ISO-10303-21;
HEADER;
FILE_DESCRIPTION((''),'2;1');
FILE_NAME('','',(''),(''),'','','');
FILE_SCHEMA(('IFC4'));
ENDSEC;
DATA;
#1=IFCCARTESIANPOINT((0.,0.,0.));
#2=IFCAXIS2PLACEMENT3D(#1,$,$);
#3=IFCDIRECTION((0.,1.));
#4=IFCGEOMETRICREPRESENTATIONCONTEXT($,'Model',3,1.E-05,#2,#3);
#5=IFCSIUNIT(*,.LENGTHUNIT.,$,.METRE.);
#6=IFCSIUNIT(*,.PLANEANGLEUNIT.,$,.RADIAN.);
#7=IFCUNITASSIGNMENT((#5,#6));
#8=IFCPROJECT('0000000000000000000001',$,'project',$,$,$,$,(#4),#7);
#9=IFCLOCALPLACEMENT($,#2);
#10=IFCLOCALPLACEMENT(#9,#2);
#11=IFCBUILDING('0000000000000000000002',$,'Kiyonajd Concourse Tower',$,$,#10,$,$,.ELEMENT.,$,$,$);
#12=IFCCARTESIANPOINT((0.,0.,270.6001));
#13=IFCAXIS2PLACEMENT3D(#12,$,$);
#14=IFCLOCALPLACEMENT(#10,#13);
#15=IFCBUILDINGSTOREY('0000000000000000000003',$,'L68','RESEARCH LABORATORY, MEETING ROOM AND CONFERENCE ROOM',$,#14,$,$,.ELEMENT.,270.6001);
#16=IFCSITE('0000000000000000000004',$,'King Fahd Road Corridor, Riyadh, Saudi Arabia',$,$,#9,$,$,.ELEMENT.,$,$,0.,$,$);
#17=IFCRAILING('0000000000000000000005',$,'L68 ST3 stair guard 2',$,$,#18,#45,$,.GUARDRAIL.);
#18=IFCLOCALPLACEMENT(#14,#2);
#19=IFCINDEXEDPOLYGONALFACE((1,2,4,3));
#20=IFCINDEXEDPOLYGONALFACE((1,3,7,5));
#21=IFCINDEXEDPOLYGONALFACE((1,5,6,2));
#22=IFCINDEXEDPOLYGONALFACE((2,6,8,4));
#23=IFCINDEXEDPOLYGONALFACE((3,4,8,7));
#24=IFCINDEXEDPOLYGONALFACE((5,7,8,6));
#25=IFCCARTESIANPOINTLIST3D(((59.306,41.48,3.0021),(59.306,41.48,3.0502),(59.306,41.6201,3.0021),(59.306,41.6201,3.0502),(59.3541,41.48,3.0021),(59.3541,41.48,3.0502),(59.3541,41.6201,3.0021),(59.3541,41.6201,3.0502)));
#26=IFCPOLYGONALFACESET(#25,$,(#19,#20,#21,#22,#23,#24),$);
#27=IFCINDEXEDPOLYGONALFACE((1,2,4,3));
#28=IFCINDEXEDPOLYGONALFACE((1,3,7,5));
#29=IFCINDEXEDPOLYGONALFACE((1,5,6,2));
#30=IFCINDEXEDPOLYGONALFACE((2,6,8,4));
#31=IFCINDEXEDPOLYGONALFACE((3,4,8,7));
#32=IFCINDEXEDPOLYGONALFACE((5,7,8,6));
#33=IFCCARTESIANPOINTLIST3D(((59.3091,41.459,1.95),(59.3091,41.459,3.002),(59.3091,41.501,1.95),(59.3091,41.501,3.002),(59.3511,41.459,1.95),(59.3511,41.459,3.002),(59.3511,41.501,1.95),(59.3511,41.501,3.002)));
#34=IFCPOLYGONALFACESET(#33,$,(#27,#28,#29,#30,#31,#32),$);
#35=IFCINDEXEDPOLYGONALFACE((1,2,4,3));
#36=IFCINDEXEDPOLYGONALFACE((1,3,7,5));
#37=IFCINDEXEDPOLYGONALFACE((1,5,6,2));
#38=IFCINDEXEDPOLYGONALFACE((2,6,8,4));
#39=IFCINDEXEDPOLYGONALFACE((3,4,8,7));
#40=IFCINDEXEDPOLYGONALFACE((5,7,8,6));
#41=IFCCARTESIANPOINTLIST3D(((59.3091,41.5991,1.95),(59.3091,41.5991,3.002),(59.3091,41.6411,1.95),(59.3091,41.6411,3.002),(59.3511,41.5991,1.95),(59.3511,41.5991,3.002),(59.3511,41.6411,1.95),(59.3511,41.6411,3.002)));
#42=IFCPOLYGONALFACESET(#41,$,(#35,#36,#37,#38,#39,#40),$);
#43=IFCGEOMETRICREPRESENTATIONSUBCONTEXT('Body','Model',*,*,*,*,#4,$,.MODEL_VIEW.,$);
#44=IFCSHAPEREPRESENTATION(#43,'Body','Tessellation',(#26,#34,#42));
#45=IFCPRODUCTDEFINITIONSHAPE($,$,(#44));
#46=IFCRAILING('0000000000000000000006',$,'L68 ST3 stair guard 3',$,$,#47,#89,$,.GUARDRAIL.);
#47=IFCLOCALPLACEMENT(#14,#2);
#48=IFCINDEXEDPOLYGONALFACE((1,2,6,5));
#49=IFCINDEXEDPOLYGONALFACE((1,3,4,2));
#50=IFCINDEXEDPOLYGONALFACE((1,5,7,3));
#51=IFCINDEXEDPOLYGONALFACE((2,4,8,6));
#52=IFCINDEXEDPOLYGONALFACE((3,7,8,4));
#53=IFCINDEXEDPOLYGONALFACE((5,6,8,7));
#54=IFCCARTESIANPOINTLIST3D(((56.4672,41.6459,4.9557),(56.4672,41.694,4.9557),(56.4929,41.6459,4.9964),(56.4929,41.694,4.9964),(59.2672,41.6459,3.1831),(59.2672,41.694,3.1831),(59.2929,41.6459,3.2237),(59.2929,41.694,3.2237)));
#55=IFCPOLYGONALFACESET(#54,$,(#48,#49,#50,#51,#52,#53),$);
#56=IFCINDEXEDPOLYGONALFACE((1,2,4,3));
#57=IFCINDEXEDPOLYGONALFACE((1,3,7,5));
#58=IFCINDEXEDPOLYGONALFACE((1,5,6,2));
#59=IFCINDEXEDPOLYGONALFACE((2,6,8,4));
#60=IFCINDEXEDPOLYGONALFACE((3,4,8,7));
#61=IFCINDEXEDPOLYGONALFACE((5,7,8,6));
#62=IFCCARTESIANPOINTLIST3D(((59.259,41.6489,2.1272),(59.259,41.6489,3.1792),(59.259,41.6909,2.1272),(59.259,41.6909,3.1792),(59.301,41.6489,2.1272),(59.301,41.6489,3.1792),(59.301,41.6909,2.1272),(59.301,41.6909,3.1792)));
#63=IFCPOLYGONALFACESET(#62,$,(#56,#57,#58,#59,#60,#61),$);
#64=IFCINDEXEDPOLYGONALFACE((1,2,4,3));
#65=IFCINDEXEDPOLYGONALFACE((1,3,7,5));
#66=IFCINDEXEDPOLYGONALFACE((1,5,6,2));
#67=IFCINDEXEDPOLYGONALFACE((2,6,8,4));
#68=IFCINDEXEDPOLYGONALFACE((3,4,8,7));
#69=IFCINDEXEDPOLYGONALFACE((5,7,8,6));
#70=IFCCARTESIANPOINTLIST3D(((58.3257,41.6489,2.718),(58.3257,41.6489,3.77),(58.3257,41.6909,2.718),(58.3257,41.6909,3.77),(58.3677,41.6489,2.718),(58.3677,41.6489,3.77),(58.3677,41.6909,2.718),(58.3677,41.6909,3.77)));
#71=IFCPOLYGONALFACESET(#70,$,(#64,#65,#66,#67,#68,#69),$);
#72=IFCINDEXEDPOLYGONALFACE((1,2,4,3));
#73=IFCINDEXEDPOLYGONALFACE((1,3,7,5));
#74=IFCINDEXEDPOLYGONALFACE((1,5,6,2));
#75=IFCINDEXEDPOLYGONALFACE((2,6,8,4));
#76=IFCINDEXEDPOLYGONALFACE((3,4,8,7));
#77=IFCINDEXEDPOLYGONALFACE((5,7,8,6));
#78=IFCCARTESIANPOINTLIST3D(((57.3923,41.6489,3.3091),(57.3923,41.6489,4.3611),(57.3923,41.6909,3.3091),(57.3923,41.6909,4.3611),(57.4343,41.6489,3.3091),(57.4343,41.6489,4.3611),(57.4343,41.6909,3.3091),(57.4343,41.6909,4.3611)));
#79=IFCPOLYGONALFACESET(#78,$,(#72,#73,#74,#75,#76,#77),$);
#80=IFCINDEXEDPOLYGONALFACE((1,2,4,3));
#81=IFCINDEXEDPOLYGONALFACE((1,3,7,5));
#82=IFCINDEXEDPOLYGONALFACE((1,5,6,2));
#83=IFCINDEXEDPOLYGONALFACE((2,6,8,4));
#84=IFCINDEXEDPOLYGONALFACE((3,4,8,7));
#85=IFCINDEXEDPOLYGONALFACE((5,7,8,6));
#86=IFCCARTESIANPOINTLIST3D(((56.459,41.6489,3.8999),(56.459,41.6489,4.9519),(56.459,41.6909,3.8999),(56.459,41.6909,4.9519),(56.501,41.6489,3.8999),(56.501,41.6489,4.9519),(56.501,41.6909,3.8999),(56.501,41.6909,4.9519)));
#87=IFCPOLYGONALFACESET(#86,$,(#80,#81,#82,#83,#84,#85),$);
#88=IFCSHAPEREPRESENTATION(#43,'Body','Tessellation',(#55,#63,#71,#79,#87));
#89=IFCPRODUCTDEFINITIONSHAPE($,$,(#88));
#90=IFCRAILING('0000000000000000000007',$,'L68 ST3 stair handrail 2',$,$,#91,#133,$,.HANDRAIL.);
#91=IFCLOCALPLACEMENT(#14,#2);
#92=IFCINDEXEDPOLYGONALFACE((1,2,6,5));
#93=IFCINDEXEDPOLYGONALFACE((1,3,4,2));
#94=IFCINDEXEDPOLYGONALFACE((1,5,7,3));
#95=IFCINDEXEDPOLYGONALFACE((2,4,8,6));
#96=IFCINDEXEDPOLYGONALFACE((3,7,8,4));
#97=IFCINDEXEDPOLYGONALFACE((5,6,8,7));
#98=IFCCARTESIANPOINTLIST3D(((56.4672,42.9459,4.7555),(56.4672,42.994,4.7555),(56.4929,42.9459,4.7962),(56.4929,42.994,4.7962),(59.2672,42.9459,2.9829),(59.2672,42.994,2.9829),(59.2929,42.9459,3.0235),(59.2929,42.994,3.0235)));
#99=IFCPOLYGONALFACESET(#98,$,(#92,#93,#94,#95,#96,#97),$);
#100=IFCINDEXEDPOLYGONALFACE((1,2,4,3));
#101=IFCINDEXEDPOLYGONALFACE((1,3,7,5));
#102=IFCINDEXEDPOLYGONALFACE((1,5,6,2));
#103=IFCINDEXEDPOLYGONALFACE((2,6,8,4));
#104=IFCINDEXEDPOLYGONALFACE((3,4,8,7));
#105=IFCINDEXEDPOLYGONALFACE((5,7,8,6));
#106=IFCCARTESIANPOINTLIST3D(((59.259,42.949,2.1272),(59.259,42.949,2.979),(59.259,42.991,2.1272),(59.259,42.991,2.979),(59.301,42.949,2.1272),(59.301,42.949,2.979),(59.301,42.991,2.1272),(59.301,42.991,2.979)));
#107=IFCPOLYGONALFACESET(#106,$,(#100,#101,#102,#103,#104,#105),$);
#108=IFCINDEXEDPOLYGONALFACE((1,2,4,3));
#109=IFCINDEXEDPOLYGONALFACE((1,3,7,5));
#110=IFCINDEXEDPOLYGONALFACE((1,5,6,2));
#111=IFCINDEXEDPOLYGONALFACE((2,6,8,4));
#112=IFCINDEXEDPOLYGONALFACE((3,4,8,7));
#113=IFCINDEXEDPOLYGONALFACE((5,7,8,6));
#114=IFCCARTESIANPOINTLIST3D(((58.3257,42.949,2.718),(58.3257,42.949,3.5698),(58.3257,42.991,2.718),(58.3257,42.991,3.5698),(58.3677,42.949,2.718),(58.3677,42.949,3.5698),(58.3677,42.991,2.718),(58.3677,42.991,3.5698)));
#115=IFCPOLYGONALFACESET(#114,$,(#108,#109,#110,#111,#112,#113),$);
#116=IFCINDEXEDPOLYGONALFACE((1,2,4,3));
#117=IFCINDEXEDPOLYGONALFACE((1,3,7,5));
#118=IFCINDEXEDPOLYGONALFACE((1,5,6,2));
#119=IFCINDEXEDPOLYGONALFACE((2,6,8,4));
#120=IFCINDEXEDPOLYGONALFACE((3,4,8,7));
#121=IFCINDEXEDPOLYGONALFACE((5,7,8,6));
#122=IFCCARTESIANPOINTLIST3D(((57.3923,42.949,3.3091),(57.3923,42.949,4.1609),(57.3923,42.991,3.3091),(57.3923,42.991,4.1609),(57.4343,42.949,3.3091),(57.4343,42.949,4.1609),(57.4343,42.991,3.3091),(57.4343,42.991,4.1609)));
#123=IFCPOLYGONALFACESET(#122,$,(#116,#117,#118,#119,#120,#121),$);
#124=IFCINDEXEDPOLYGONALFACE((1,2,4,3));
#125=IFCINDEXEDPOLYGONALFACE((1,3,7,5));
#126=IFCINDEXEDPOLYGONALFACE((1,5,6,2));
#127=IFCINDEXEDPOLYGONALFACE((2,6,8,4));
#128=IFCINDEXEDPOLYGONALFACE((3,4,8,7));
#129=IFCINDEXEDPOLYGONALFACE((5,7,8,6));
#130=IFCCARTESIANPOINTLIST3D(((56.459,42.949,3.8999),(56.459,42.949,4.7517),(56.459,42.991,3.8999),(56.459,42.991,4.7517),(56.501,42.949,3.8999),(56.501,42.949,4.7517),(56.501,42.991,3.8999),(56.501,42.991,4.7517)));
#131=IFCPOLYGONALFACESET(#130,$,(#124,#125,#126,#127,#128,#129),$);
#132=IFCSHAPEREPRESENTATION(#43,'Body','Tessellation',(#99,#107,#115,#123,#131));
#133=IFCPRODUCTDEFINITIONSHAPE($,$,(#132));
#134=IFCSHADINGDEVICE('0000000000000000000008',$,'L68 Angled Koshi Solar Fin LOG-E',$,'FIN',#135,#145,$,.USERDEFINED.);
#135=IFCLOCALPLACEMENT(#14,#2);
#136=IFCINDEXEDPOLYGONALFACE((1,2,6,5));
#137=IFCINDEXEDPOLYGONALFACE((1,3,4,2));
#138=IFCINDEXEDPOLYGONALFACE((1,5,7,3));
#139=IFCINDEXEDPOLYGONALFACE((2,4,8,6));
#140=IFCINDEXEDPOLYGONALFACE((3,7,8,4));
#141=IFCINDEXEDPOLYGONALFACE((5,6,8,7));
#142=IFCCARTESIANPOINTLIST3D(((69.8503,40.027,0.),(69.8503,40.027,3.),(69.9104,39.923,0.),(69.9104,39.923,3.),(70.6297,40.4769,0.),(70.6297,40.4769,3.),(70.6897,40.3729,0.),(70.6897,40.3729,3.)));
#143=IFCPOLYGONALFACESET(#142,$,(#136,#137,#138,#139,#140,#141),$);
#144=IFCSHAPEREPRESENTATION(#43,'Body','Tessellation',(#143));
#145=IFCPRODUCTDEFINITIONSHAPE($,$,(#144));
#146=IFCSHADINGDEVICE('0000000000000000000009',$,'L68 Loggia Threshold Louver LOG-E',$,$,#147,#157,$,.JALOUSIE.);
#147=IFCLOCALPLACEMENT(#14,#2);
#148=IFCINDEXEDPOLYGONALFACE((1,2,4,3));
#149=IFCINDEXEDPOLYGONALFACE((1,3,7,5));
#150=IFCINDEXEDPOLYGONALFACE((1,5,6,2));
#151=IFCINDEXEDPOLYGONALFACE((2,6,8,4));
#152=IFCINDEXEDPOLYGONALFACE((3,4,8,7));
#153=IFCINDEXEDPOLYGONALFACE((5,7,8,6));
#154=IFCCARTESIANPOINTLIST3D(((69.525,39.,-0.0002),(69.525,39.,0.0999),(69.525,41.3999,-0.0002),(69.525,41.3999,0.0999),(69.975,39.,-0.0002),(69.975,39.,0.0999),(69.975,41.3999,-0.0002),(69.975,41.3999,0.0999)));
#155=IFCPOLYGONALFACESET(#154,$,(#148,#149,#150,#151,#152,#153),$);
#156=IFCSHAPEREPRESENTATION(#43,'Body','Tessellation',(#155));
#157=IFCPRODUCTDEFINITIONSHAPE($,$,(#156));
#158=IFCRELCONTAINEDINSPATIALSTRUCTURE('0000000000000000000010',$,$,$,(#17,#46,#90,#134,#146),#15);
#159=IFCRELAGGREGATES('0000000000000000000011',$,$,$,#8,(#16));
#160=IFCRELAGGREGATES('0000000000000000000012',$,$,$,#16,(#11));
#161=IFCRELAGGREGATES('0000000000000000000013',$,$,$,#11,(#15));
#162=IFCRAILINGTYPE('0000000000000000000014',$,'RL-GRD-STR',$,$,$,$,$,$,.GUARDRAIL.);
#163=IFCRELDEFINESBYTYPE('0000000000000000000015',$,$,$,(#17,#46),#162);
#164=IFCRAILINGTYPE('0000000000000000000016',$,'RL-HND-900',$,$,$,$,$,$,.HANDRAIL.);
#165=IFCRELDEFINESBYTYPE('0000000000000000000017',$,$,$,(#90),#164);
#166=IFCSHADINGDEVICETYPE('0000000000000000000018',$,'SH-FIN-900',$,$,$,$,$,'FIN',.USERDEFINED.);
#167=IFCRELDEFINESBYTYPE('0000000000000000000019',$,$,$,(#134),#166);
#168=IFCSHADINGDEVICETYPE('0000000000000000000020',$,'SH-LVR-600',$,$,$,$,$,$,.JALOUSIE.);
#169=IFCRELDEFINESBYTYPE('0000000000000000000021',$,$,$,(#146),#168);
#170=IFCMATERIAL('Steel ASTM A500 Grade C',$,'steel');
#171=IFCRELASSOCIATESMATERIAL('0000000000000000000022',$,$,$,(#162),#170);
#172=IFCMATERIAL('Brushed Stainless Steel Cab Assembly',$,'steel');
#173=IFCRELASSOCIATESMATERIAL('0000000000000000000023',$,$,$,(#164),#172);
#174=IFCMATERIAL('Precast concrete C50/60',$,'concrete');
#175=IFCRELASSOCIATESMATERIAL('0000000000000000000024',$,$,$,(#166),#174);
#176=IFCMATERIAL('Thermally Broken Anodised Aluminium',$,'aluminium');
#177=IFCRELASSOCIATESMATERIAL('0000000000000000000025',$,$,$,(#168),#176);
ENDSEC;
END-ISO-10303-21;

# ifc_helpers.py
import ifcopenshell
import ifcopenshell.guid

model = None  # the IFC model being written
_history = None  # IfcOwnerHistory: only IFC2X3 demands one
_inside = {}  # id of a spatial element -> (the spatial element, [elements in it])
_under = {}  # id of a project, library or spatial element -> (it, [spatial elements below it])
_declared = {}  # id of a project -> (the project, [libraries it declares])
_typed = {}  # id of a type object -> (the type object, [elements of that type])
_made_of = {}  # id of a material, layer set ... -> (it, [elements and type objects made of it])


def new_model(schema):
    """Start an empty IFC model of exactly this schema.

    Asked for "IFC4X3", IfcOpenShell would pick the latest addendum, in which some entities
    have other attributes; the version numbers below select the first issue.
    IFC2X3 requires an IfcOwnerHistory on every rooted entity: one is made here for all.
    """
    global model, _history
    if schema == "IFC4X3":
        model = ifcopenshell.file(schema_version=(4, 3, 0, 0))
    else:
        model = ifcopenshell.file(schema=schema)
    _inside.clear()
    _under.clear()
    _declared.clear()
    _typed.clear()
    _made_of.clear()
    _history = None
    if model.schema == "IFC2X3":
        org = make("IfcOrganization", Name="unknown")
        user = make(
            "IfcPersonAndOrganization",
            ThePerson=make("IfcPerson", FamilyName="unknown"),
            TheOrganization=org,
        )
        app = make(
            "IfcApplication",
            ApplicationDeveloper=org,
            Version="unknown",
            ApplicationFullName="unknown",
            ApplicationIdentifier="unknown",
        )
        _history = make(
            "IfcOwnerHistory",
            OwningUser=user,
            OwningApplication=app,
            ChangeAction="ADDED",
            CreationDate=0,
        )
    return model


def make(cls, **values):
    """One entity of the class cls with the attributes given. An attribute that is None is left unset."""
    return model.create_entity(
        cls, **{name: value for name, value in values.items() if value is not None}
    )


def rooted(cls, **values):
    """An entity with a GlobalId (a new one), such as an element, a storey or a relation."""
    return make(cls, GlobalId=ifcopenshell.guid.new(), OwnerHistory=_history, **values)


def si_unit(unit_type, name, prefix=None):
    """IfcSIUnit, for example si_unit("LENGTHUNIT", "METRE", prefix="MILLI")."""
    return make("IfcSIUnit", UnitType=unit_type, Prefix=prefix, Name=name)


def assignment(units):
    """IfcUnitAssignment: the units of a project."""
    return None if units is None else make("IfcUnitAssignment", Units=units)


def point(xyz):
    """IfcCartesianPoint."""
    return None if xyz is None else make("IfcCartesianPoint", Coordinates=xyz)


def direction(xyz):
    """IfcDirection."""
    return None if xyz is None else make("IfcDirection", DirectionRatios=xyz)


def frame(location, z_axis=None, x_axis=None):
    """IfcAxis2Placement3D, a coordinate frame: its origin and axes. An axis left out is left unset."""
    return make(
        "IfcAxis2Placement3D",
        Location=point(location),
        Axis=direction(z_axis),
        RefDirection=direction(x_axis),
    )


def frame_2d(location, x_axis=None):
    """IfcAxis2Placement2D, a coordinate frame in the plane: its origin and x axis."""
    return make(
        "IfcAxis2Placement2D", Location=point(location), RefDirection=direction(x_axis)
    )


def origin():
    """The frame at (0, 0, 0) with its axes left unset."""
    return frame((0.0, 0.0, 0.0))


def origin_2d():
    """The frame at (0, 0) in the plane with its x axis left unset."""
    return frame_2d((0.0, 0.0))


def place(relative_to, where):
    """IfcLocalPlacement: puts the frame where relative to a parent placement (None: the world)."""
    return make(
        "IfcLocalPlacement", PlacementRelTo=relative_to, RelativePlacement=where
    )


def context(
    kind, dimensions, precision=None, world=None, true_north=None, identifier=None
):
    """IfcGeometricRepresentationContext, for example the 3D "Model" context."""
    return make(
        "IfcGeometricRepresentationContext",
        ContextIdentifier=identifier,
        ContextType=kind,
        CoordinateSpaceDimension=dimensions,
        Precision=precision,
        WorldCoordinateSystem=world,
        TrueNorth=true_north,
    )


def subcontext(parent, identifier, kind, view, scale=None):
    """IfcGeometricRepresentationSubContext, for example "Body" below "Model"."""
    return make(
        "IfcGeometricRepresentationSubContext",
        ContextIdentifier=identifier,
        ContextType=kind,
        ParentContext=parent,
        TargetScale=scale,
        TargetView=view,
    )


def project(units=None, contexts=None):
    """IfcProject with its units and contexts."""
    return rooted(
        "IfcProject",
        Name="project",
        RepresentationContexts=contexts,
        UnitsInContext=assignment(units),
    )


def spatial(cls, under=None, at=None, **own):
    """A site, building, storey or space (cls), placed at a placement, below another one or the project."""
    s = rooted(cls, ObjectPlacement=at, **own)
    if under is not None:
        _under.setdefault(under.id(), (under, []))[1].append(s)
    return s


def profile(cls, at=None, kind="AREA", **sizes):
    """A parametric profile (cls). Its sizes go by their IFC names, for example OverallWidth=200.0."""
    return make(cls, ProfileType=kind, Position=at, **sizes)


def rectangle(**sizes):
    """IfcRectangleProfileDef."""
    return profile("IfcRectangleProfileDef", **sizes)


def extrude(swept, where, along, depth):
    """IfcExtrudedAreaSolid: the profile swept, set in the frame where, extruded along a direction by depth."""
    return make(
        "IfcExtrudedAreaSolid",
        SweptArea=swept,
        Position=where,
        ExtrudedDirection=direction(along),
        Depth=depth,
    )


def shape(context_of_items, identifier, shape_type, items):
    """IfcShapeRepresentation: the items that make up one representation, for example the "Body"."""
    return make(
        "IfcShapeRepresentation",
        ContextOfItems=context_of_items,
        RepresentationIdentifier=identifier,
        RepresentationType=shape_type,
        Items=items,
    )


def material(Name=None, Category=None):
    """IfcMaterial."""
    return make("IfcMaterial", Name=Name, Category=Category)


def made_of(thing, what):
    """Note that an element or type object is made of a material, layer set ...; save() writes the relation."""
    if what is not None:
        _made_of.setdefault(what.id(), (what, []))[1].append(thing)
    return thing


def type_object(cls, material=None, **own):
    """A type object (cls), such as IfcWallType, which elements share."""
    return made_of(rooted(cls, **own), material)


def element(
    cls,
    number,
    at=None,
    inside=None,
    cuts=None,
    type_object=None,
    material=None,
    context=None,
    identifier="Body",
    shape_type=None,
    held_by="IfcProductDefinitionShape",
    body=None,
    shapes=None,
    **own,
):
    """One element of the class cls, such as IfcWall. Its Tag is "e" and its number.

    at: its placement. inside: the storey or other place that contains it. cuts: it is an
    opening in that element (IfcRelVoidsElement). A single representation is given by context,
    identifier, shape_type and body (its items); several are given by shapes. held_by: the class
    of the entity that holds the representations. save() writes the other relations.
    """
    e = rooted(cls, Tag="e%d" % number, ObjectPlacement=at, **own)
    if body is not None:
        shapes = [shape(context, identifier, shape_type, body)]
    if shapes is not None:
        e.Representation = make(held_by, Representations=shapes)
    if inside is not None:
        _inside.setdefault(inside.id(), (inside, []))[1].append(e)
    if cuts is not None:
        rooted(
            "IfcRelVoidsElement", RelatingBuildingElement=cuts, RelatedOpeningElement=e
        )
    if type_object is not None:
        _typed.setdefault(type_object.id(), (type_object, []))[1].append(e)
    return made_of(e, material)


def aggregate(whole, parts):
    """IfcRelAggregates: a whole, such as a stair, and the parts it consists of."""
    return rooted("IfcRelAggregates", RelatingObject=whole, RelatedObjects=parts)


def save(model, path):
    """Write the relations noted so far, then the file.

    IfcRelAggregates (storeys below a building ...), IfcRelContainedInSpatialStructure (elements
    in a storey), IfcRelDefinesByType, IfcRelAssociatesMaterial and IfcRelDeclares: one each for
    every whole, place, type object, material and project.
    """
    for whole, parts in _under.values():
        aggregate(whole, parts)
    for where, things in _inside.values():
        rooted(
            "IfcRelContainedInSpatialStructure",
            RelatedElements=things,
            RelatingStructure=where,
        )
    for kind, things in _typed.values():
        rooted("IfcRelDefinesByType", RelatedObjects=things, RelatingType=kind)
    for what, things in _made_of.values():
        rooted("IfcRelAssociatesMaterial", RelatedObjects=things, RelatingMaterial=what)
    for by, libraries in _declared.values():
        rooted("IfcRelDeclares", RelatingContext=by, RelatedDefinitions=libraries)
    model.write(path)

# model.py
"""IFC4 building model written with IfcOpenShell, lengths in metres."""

from ifc_helpers import new_model, si_unit, direction, frame, origin, origin_2d, place, context, subcontext, project, spatial, rectangle, extrude, material, type_object, element, save


model = new_model("IFC4")

# Units and contexts
model_context = context("Model", 3, precision=1e-05, world=origin(), true_north=direction((0.0, 1.0)))
body_context = subcontext(model_context, "Body", "Model", "MODEL_VIEW")
ifc_project = project(units=[si_unit("LENGTHUNIT", "METRE"), si_unit("PLANEANGLEUNIT", "RADIAN")], contexts=[model_context])

# Site, building, storey
site_placement = place(None, origin())
site = spatial("IfcSite", under=ifc_project, at=site_placement, Name="King Fahd Road Corridor, Riyadh, Saudi Arabia", CompositionType="ELEMENT", RefElevation=0.0)
building_placement = place(site_placement, origin())
building = spatial("IfcBuilding", under=site, at=building_placement, Name="Kiyonajd Concourse Tower", CompositionType="ELEMENT")
storey_placement = place(building_placement, frame((0.0, 0.0, 270.6001)))
storey = spatial("IfcBuildingStorey", under=building, at=storey_placement, Name="L68", Description="RESEARCH LABORATORY, MEETING ROOM AND CONFERENCE ROOM", CompositionType="ELEMENT", Elevation=270.6001)

# Shared definitions
ifc_material_1 = material(Name="Thermally Broken Anodised Aluminium", Category="aluminium")

# Shared definitions
ifc_material_2 = material(Name="Precast concrete C50/60", Category="concrete")

# Railings
ifc_material_3 = material(Name="Steel ASTM A500 Grade C", Category="steel")
railing_type_1 = type_object("IfcRailingType", Name="RL-GRD-STR", PredefinedType="GUARDRAIL", material=ifc_material_3)
railing_1_placement = place(storey_placement, frame((59.3301, 41.48, 1.95)))
element("IfcRailing", 1, at=railing_1_placement, inside=storey, type_object=railing_type_1, Name="L68 ST3 stair guard 2", PredefinedType="GUARDRAIL", context=body_context, shape_type="SweptSolid", body=[
    extrude(rectangle(XDim=0.0481, YDim=0.0481, at=origin_2d()), frame((0.0, 0.0, 1.0762), z_axis=(0.0, 1.0, 0.0), x_axis=(-1.0, 0.0, 0.0)), (0.0, 0.0, 1.0), 0.1401),
    extrude(rectangle(XDim=0.042, YDim=0.042, at=origin_2d()), origin(), (0.0, 0.0, 1.0), 1.052),
    extrude(rectangle(XDim=0.042, YDim=0.042, at=origin_2d()), frame((0.0, 0.1401, 0.0)), (0.0, 0.0, 1.0), 1.052),
])
railing_2_placement = place(storey_placement, frame((59.28, 41.6699, 2.1272)))
element("IfcRailing", 2, at=railing_2_placement, inside=storey, type_object=railing_type_1, Name="L68 ST3 stair guard 3", PredefinedType="GUARDRAIL", context=body_context, shape_type="SweptSolid", body=[
    extrude(rectangle(XDim=0.0481, YDim=0.0481, at=origin_2d()), frame((0.0, 0.0, 1.0762), z_axis=(-0.844909, 0.0, 0.53491), x_axis=(0.0, -1.0, 0.0)), (0.0, 0.0, 1.0), 3.314),
    extrude(rectangle(XDim=0.042, YDim=0.042, at=origin_2d()), origin(), (0.0, 0.0, 1.0), 1.052),
    extrude(rectangle(XDim=0.042, YDim=0.042, at=origin_2d()), frame((-0.9333, 0.0, 0.5908)), (0.0, 0.0, 1.0), 1.052),
    extrude(rectangle(XDim=0.042, YDim=0.042, at=origin_2d()), frame((-1.8667, 0.0, 1.1819)), (0.0, 0.0, 1.0), 1.052),
    extrude(rectangle(XDim=0.042, YDim=0.042, at=origin_2d()), frame((-2.8, 0.0, 1.7727)), (0.0, 0.0, 1.0), 1.052),
])
ifc_material_4 = material(Name="Brushed Stainless Steel Cab Assembly", Category="steel")
railing_type_2 = type_object("IfcRailingType", Name="RL-HND-900", PredefinedType="HANDRAIL", material=ifc_material_4)
railing_3_placement = place(storey_placement, frame((59.28, 42.97, 2.1272)))
element("IfcRailing", 3, at=railing_3_placement, inside=storey, type_object=railing_type_2, Name="L68 ST3 stair handrail 2", PredefinedType="HANDRAIL", context=body_context, shape_type="SweptSolid", body=[
    extrude(rectangle(XDim=0.0481, YDim=0.0481, at=origin_2d()), frame((0.0, 0.0, 0.876), z_axis=(-0.844909, 0.0, 0.53491), x_axis=(0.0, -1.0, 0.0)), (0.0, 0.0, 1.0), 3.314),
    extrude(rectangle(XDim=0.042, YDim=0.042, at=origin_2d()), origin(), (0.0, 0.0, 1.0), 0.8518),
    extrude(rectangle(XDim=0.042, YDim=0.042, at=origin_2d()), frame((-0.9333, 0.0, 0.5908)), (0.0, 0.0, 1.0), 0.8518),
    extrude(rectangle(XDim=0.042, YDim=0.042, at=origin_2d()), frame((-1.8667, 0.0, 1.1819)), (0.0, 0.0, 1.0), 0.8518),
    extrude(rectangle(XDim=0.042, YDim=0.042, at=origin_2d()), frame((-2.8, 0.0, 1.7727)), (0.0, 0.0, 1.0), 0.8518),
])

# Shading devices
shading_device_type_1 = type_object("IfcShadingDeviceType", Name="SH-FIN-900", ElementType="FIN", PredefinedType="USERDEFINED", material=ifc_material_2)
shading_device_1_placement = place(storey_placement, frame((70.27, 40.2, 0.0), z_axis=(0.0, 0.0, 1.0), x_axis=(0.866025, 0.5, 0.0)))
element("IfcShadingDevice", 4, at=shading_device_1_placement, inside=storey, type_object=shading_device_type_1, Name="L68 Angled Koshi Solar Fin LOG-E", ObjectType="FIN", PredefinedType="USERDEFINED", context=body_context, shape_type="SweptSolid", body=[
    extrude(rectangle(XDim=0.8999, YDim=0.1201, at=origin_2d()), origin(), (0.0, 0.0, 1.0), 3.0),
])
shading_device_type_2 = type_object("IfcShadingDeviceType", Name="SH-LVR-600", PredefinedType="JALOUSIE", material=ifc_material_1)
shading_device_2_placement = place(storey_placement, frame((69.75, 40.2, -0.0002), z_axis=(0.0, 0.0, 1.0), x_axis=(0.0, 1.0, 0.0)))
element("IfcShadingDevice", 5, at=shading_device_2_placement, inside=storey, type_object=shading_device_type_2, Name="L68 Loggia Threshold Louver LOG-E", PredefinedType="JALOUSIE", context=body_context, shape_type="SweptSolid", body=[
    extrude(rectangle(XDim=2.3999, YDim=0.45, at=origin_2d()), origin(), (0.0, 0.0, 1.0), 0.1001),
])

save(model, "model.ifc")
